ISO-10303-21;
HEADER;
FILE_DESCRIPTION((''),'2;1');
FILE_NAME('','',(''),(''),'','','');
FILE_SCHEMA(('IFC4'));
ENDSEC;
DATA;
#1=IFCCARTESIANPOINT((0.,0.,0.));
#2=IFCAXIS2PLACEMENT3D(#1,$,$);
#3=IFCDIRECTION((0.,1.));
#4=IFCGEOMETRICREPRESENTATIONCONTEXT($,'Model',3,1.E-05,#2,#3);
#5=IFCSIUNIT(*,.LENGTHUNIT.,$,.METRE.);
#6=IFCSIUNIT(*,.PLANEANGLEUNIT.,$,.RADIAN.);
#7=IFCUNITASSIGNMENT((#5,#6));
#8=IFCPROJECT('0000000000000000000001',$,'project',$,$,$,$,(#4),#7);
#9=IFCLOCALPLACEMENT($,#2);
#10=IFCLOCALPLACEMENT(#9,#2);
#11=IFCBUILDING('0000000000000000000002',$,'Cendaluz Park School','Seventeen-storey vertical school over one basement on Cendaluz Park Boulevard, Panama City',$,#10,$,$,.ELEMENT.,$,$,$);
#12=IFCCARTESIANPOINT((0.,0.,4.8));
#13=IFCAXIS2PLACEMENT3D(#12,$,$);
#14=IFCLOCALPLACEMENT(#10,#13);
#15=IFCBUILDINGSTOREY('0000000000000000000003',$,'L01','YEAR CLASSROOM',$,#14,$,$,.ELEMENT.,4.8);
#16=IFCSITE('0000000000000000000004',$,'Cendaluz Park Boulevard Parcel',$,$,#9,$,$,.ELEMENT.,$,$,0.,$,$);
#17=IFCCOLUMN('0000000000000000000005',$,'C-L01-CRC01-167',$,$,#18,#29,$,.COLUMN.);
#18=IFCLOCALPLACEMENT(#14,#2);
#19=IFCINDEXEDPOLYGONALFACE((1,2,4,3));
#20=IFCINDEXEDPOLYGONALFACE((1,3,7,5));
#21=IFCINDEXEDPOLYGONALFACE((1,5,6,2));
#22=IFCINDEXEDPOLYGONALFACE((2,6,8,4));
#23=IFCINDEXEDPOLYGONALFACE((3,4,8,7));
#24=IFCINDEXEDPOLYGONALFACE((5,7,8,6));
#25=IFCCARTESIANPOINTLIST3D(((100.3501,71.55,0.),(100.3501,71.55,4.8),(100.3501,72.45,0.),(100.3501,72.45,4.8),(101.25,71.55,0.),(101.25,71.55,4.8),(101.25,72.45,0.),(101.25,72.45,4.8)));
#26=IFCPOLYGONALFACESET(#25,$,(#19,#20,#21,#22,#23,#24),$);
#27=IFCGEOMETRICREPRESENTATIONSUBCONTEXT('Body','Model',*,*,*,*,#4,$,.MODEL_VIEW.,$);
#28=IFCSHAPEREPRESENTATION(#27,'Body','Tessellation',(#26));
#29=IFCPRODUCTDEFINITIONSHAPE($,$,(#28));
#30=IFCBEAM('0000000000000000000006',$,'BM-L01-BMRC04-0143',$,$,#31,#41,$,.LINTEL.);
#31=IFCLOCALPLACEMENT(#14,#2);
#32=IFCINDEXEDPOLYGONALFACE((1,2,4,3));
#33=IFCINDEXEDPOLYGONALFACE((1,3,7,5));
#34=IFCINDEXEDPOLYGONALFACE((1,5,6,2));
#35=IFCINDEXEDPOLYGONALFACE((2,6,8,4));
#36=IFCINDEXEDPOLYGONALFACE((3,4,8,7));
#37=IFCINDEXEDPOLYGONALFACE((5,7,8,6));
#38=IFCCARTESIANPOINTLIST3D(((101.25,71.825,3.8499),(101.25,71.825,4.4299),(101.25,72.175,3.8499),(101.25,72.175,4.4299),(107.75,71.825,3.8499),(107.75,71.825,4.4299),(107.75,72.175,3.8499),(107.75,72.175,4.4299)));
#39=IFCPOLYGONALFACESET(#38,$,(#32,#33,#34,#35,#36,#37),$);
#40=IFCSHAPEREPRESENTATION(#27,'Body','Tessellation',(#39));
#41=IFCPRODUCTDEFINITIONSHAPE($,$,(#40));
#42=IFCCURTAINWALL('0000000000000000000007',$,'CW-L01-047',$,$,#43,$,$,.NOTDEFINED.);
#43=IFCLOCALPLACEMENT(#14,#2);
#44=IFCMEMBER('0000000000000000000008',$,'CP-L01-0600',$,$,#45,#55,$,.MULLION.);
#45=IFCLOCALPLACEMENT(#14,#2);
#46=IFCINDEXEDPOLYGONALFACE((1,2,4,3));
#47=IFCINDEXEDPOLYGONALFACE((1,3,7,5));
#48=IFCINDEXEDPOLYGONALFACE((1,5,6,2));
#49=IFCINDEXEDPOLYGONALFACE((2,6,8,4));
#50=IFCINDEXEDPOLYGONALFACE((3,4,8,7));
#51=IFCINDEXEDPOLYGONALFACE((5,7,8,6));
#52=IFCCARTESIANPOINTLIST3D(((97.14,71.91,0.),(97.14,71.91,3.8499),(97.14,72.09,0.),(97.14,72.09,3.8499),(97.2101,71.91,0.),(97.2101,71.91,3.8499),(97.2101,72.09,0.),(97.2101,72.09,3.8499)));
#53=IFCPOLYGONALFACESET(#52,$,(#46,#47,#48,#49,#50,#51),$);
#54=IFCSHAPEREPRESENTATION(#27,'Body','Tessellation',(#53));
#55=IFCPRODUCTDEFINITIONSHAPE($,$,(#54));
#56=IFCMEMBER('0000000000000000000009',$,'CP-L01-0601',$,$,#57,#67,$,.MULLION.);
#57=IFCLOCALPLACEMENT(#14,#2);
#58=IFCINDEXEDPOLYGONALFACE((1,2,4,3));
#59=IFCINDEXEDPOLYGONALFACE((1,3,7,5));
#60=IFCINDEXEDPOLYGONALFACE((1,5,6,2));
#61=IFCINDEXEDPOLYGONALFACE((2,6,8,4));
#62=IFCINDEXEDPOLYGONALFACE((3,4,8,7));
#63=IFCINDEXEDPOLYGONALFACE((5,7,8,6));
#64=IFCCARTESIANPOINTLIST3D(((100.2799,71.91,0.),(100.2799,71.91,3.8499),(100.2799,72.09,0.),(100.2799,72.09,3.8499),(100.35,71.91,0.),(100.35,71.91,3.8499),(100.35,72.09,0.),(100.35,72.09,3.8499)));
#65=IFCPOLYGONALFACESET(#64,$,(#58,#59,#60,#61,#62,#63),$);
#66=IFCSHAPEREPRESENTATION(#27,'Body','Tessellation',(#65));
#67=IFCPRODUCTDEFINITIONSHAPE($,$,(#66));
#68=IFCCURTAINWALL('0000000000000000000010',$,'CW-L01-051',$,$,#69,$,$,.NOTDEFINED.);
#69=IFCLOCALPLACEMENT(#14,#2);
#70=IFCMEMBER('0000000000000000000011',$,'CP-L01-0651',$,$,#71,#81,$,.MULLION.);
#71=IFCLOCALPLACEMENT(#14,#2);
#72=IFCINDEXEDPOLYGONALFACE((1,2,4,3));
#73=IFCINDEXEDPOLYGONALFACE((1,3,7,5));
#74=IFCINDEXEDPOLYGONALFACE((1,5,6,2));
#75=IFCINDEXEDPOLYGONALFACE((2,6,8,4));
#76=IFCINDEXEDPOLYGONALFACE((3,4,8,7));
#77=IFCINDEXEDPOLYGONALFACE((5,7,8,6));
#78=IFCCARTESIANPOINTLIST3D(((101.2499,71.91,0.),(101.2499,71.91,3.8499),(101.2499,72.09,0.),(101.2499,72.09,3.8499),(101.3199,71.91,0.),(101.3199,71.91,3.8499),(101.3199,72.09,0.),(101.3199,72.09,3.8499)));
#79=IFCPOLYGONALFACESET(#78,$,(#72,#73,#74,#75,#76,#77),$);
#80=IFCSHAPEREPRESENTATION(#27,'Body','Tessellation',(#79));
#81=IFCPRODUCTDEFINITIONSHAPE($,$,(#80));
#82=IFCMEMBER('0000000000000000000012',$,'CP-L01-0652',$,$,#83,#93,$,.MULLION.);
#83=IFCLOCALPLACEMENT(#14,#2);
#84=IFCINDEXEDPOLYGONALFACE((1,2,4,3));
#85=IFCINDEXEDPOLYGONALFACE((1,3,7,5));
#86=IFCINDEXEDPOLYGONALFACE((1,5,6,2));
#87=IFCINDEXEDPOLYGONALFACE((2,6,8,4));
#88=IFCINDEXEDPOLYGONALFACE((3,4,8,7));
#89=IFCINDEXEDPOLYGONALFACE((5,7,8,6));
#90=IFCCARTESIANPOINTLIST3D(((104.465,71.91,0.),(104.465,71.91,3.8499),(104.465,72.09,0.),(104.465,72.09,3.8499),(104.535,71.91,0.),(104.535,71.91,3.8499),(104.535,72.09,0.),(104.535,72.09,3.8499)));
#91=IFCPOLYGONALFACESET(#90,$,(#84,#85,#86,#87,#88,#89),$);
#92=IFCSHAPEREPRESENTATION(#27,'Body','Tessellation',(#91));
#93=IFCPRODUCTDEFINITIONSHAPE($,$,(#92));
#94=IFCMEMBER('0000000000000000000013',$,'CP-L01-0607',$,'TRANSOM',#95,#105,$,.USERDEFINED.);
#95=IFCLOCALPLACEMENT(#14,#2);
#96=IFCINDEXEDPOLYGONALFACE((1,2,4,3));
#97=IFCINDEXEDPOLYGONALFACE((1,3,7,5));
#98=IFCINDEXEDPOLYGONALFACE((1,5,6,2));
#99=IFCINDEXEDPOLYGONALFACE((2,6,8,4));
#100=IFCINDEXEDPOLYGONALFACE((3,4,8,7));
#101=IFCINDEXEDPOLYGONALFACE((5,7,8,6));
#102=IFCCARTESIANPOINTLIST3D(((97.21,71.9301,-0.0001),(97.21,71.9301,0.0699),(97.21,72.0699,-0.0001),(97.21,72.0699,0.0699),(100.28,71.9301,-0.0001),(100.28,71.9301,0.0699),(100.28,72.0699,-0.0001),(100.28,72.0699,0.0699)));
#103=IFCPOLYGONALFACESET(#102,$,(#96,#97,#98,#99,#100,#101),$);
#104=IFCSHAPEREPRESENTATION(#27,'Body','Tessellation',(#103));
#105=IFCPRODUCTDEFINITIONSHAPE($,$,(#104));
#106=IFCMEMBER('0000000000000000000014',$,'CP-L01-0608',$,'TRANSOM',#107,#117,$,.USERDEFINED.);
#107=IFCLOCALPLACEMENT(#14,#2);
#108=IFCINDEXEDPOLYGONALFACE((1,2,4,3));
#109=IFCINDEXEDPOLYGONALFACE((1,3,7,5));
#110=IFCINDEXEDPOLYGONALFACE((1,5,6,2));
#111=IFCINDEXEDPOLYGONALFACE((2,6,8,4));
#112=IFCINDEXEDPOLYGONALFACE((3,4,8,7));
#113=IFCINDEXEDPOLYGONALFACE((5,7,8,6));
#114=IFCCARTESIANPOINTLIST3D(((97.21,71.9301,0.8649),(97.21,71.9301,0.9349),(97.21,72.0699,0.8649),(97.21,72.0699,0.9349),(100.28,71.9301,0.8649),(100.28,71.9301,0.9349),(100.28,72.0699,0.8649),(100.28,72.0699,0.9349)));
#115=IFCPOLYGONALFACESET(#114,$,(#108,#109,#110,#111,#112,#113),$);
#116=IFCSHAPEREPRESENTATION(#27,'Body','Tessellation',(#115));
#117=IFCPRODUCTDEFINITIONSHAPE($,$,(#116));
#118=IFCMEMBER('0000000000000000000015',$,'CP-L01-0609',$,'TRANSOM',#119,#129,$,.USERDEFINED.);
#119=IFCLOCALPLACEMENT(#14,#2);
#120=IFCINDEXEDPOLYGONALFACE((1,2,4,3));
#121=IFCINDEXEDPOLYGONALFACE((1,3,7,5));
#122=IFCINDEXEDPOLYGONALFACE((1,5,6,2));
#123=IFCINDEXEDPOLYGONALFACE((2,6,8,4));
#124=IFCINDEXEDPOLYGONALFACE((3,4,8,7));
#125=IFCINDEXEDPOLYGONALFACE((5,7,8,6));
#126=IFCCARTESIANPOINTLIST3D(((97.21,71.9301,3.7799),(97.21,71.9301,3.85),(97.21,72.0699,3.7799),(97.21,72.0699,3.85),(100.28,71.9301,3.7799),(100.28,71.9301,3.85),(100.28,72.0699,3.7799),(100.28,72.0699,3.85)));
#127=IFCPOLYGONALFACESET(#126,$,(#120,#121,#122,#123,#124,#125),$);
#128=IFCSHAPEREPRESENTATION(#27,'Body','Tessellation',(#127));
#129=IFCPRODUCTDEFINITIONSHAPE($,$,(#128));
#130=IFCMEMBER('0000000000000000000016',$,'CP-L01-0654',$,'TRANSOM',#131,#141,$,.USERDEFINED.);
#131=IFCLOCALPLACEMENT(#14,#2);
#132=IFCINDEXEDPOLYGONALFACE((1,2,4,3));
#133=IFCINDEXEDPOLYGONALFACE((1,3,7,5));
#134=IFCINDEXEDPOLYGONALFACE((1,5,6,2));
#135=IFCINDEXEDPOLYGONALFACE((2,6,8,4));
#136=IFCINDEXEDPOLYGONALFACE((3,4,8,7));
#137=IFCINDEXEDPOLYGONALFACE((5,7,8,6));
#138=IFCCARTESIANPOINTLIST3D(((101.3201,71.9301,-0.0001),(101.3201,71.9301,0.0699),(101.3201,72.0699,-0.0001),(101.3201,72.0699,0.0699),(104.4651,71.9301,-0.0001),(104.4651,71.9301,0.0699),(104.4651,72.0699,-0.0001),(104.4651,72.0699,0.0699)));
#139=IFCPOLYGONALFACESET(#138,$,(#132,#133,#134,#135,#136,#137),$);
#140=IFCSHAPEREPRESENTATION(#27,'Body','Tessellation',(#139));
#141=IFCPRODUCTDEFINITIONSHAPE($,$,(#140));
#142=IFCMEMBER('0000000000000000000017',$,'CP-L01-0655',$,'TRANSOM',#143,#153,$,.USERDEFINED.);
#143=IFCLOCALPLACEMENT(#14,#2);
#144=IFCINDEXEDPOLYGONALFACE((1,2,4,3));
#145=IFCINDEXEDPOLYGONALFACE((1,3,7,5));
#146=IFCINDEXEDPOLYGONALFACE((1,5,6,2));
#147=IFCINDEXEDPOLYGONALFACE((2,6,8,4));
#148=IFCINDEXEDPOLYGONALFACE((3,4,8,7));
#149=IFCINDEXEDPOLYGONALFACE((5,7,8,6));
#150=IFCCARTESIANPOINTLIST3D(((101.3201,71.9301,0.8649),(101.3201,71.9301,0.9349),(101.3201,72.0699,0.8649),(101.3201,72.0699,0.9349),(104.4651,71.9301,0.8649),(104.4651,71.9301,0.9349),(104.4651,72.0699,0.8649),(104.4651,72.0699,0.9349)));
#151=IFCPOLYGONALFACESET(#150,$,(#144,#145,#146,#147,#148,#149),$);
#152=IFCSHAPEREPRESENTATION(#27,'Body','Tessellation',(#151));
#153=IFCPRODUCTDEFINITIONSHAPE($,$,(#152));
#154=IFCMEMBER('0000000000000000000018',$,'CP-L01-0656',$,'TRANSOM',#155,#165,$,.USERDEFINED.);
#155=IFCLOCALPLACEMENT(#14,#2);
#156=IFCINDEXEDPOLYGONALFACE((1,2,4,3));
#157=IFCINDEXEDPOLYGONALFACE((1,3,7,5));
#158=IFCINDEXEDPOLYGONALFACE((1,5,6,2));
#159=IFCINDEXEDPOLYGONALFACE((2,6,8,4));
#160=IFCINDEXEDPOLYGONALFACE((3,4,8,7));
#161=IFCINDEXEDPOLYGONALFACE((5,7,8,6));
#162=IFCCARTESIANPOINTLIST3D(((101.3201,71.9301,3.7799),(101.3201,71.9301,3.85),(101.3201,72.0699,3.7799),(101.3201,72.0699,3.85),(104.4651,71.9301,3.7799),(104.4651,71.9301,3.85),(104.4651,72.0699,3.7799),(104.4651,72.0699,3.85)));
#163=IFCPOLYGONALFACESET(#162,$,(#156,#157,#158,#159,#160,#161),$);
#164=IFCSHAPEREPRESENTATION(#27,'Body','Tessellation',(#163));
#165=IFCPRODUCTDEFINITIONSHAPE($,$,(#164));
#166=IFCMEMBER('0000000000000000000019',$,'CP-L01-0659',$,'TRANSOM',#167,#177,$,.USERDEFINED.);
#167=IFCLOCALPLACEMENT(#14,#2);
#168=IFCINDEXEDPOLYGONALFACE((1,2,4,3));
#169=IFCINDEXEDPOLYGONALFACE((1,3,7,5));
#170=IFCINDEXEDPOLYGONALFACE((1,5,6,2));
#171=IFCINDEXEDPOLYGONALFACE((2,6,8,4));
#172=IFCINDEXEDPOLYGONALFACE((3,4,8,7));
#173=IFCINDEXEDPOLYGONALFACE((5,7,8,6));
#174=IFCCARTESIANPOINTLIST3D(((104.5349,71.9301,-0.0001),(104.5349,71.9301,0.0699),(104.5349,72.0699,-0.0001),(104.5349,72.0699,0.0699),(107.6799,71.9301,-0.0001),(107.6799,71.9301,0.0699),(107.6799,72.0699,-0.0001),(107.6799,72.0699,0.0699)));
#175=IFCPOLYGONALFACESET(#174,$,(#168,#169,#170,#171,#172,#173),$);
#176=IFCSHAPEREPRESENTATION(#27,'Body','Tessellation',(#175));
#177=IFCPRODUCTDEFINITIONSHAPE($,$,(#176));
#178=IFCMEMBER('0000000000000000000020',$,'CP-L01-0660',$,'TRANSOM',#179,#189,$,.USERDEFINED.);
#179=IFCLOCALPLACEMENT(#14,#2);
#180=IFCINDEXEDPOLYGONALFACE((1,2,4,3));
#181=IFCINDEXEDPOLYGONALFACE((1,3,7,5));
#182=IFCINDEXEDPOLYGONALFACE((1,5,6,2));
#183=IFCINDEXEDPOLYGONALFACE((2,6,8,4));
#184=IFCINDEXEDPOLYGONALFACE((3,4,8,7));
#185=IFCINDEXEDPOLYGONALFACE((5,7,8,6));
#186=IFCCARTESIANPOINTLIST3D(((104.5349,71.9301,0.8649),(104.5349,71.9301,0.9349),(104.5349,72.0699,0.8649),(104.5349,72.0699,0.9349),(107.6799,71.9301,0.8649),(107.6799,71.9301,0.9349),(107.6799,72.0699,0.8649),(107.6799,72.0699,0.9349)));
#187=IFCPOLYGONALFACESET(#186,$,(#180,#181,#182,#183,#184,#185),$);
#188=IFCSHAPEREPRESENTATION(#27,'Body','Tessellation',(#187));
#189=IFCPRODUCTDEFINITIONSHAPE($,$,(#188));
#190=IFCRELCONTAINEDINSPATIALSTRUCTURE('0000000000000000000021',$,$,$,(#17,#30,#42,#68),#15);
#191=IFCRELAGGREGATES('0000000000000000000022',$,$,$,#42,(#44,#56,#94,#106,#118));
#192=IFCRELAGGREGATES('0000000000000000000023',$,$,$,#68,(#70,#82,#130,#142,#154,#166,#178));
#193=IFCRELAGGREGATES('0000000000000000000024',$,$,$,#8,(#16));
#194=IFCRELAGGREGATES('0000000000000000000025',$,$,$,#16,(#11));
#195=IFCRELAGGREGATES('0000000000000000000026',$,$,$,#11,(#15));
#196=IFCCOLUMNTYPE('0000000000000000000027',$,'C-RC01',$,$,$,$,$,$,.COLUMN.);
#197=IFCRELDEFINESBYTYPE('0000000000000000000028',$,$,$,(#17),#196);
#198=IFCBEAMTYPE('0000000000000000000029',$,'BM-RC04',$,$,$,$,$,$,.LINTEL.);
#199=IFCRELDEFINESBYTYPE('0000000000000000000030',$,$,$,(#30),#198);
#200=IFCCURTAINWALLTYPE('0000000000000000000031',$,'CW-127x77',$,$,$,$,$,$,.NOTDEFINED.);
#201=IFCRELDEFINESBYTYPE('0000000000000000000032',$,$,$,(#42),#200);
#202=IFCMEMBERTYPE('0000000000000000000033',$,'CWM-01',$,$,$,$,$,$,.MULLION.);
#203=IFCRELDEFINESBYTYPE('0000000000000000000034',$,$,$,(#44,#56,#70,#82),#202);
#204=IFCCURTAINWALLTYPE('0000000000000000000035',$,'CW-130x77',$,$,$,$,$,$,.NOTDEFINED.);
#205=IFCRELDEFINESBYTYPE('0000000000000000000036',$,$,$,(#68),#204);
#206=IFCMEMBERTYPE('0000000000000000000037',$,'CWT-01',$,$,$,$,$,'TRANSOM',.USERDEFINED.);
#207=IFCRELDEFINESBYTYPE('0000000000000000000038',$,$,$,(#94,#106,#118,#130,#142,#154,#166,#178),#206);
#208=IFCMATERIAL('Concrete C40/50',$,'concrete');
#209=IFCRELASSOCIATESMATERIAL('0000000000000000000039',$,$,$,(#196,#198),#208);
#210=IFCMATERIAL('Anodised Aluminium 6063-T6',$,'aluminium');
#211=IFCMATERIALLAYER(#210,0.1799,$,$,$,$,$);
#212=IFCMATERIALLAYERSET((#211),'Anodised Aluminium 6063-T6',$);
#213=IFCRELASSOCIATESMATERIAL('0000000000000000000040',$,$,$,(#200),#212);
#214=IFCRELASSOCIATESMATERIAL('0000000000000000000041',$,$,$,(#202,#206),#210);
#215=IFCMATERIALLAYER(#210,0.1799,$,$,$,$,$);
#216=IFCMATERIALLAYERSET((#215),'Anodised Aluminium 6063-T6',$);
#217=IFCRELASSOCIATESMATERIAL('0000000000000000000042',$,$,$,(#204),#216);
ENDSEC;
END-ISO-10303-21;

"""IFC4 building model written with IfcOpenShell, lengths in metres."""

from ifc_helpers import new_model, si_unit, direction, frame, origin, origin_2d, place, context, subcontext, project, spatial, rectangle, extrude, material, layer, layer_set, material_profile, profile_set, type_object, element, aggregate, save


model = new_model("IFC4")

# Units and contexts
model_context = context("Model", 3, precision=1e-05, world=origin(), true_north=direction((0.0, 1.0)))
body_context = subcontext(model_context, "Body", "Model", "MODEL_VIEW")
ifc_project = project(units=[si_unit("LENGTHUNIT", "METRE"), si_unit("PLANEANGLEUNIT", "RADIAN")], contexts=[model_context])

# Site, building, storey
site_placement = place(None, origin())
site = spatial("IfcSite", under=ifc_project, at=site_placement, Name="Cendaluz Park Boulevard Parcel", CompositionType="ELEMENT", RefElevation=0.0)
building_placement = place(site_placement, origin())
building = spatial("IfcBuilding", under=site, at=building_placement, Name="Cendaluz Park School", Description="Seventeen-storey vertical school over one basement on Cendaluz Park Boulevard, Panama City", CompositionType="ELEMENT")
storey_placement = place(building_placement, frame((0.0, 0.0, 4.8)))
storey = spatial("IfcBuildingStorey", under=building, at=storey_placement, Name="L01", Description="YEAR CLASSROOM", CompositionType="ELEMENT", Elevation=4.8)

# Column
ifc_material_1 = material(Name="Concrete C40/50", Category="concrete")
ifc_material_profile_1 = material_profile(ifc_material_1, rectangle(XDim=0.8999, YDim=0.8999, at=origin_2d()), Name="RC 900x900", Category="concrete")
ifc_profile_set_1 = profile_set([ifc_material_profile_1], Name="Concrete C40/50")
column_type = type_object("IfcColumnType", Name="C-RC01", PredefinedType="COLUMN", material=ifc_profile_set_1)
column_placement = place(storey_placement, frame((100.8, 72.0, 0.0), z_axis=(0.0, 0.0, 1.0), x_axis=(1.0, 0.0, 0.0)))
element("IfcColumn", 1, at=column_placement, inside=storey, type_object=column_type, Name="C-L01-CRC01-167", PredefinedType="COLUMN", context=body_context, shape_type="SweptSolid", body=[
    extrude(rectangle(XDim=0.8999, YDim=0.8999, at=origin_2d()), origin(), (0.0, 0.0, 1.0), 4.8),
])

# Beam
ifc_material_profile_2 = material_profile(ifc_material_1, rectangle(XDim=0.3501, YDim=0.5801, at=origin_2d()), Name="RC 350x580", Category="concrete")
ifc_profile_set_2 = profile_set([ifc_material_profile_2], Name="Concrete C40/50")
beam_type = type_object("IfcBeamType", Name="BM-RC04", PredefinedType="LINTEL", material=ifc_profile_set_2)
beam_placement = place(storey_placement, frame((101.25, 72.0, 4.1399), z_axis=(1.0, 0.0, 0.0), x_axis=(0.0, 1.0, 0.0)))
element("IfcBeam", 2, at=beam_placement, inside=storey, type_object=beam_type, Name="BM-L01-BMRC04-0143", PredefinedType="LINTEL", context=body_context, shape_type="SweptSolid", body=[
    extrude(rectangle(XDim=0.3501, YDim=0.5801, at=origin_2d()), origin(), (0.0, 0.0, 1.0), 6.5),
])

# Curtain walls, members
ifc_material_2 = material(Name="Anodised Aluminium 6063-T6", Category="aluminium")
ifc_layer_1 = layer(ifc_material_2, 0.1799)
ifc_layer_set_1 = layer_set([ifc_layer_1], Name="Anodised Aluminium 6063-T6")
curtain_wall_type_1 = type_object("IfcCurtainWallType", Name="CW-127x77", PredefinedType="NOTDEFINED", material=ifc_layer_set_1)
curtain_wall_1_placement = place(storey_placement, origin())
curtain_wall_1 = element("IfcCurtainWall", 3, at=curtain_wall_1_placement, inside=storey, type_object=curtain_wall_type_1, Name="CW-L01-047", PredefinedType="NOTDEFINED")
ifc_material_profile_3 = material_profile(ifc_material_2, rectangle(XDim=0.1799, YDim=0.0701, at=origin_2d()), Name="CWM 180x70", Category="aluminium")
ifc_profile_set_3 = profile_set([ifc_material_profile_3], Name="Anodised Aluminium 6063-T6")
member_type_1 = type_object("IfcMemberType", Name="CWM-01", PredefinedType="MULLION", material=ifc_profile_set_3)
member_1_placement = place(storey_placement, frame((97.175, 72.0, 0.0), z_axis=(0.0, 0.0, 1.0), x_axis=(0.0, 1.0, 0.0)))
member_1 = element("IfcMember", 4, at=member_1_placement, type_object=member_type_1, Name="CP-L01-0600", PredefinedType="MULLION", context=body_context, shape_type="SweptSolid", body=[
    extrude(rectangle(XDim=0.1799, YDim=0.0701, at=origin_2d()), origin(), (0.0, 0.0, 1.0), 3.8499),
])
member_2_placement = place(storey_placement, frame((100.3149, 72.0, 0.0), z_axis=(0.0, 0.0, 1.0), x_axis=(0.0, 1.0, 0.0)))
member_2 = element("IfcMember", 5, at=member_2_placement, type_object=member_type_1, Name="CP-L01-0601", PredefinedType="MULLION", context=body_context, shape_type="SweptSolid", body=[
    extrude(rectangle(XDim=0.1799, YDim=0.0701, at=origin_2d()), origin(), (0.0, 0.0, 1.0), 3.8499),
])
ifc_layer_2 = layer(ifc_material_2, 0.1799)
ifc_layer_set_2 = layer_set([ifc_layer_2], Name="Anodised Aluminium 6063-T6")
curtain_wall_type_2 = type_object("IfcCurtainWallType", Name="CW-130x77", PredefinedType="NOTDEFINED", material=ifc_layer_set_2)
curtain_wall_2_placement = place(storey_placement, origin())
curtain_wall_2 = element("IfcCurtainWall", 6, at=curtain_wall_2_placement, inside=storey, type_object=curtain_wall_type_2, Name="CW-L01-051", PredefinedType="NOTDEFINED")
member_3_placement = place(storey_placement, frame((101.2849, 72.0, 0.0), z_axis=(0.0, 0.0, 1.0), x_axis=(0.0, 1.0, 0.0)))
member_3 = element("IfcMember", 7, at=member_3_placement, type_object=member_type_1, Name="CP-L01-0651", PredefinedType="MULLION", context=body_context, shape_type="SweptSolid", body=[
    extrude(rectangle(XDim=0.1799, YDim=0.0701, at=origin_2d()), origin(), (0.0, 0.0, 1.0), 3.8499),
])
member_4_placement = place(storey_placement, frame((104.5, 72.0, 0.0), z_axis=(0.0, 0.0, 1.0), x_axis=(0.0, 1.0, 0.0)))
member_4 = element("IfcMember", 8, at=member_4_placement, type_object=member_type_1, Name="CP-L01-0652", PredefinedType="MULLION", context=body_context, shape_type="SweptSolid", body=[
    extrude(rectangle(XDim=0.1799, YDim=0.0701, at=origin_2d()), origin(), (0.0, 0.0, 1.0), 3.8499),
])

# Members
ifc_material_profile_4 = material_profile(ifc_material_2, rectangle(XDim=0.1399, YDim=0.0701, at=origin_2d()), Name="CWT 140x70", Category="aluminium")
ifc_profile_set_4 = profile_set([ifc_material_profile_4], Name="Anodised Aluminium 6063-T6")
member_type_2 = type_object("IfcMemberType", Name="CWT-01", ElementType="TRANSOM", PredefinedType="USERDEFINED", material=ifc_profile_set_4)
member_5_placement = place(storey_placement, frame((97.21, 72.0, 0.0349), z_axis=(1.0, 0.0, 0.0), x_axis=(0.0, 1.0, 0.0)))
member_5 = element("IfcMember", 9, at=member_5_placement, type_object=member_type_2, Name="CP-L01-0607", ObjectType="TRANSOM", PredefinedType="USERDEFINED", context=body_context, shape_type="SweptSolid", body=[
    extrude(rectangle(XDim=0.1399, YDim=0.0701, at=origin_2d()), origin(), (0.0, 0.0, 1.0), 3.0701),
])
member_6_placement = place(storey_placement, frame((97.21, 72.0, 0.8999), z_axis=(1.0, 0.0, 0.0), x_axis=(0.0, 1.0, 0.0)))
member_6 = element("IfcMember", 10, at=member_6_placement, type_object=member_type_2, Name="CP-L01-0608", ObjectType="TRANSOM", PredefinedType="USERDEFINED", context=body_context, shape_type="SweptSolid", body=[
    extrude(rectangle(XDim=0.1399, YDim=0.0701, at=origin_2d()), origin(), (0.0, 0.0, 1.0), 3.0701),
])
member_7_placement = place(storey_placement, frame((97.21, 72.0, 3.8149), z_axis=(1.0, 0.0, 0.0), x_axis=(0.0, 1.0, 0.0)))
member_7 = element("IfcMember", 11, at=member_7_placement, type_object=member_type_2, Name="CP-L01-0609", ObjectType="TRANSOM", PredefinedType="USERDEFINED", context=body_context, shape_type="SweptSolid", body=[
    extrude(rectangle(XDim=0.1399, YDim=0.0701, at=origin_2d()), origin(), (0.0, 0.0, 1.0), 3.0701),
])
member_8_placement = place(storey_placement, frame((101.3201, 72.0, 0.0349), z_axis=(1.0, 0.0, 0.0), x_axis=(0.0, 1.0, 0.0)))
member_8 = element("IfcMember", 12, at=member_8_placement, type_object=member_type_2, Name="CP-L01-0654", ObjectType="TRANSOM", PredefinedType="USERDEFINED", context=body_context, shape_type="SweptSolid", body=[
    extrude(rectangle(XDim=0.1399, YDim=0.0701, at=origin_2d()), origin(), (0.0, 0.0, 1.0), 3.145),
])
member_9_placement = place(storey_placement, frame((101.3201, 72.0, 0.8999), z_axis=(1.0, 0.0, 0.0), x_axis=(0.0, 1.0, 0.0)))
member_9 = element("IfcMember", 13, at=member_9_placement, type_object=member_type_2, Name="CP-L01-0655", ObjectType="TRANSOM", PredefinedType="USERDEFINED", context=body_context, shape_type="SweptSolid", body=[
    extrude(rectangle(XDim=0.1399, YDim=0.0701, at=origin_2d()), origin(), (0.0, 0.0, 1.0), 3.145),
])
member_10_placement = place(storey_placement, frame((101.3201, 72.0, 3.8149), z_axis=(1.0, 0.0, 0.0), x_axis=(0.0, 1.0, 0.0)))
member_10 = element("IfcMember", 14, at=member_10_placement, type_object=member_type_2, Name="CP-L01-0656", ObjectType="TRANSOM", PredefinedType="USERDEFINED", context=body_context, shape_type="SweptSolid", body=[
    extrude(rectangle(XDim=0.1399, YDim=0.0701, at=origin_2d()), origin(), (0.0, 0.0, 1.0), 3.145),
])
member_11_placement = place(storey_placement, frame((104.5349, 72.0, 0.0349), z_axis=(1.0, 0.0, 0.0), x_axis=(0.0, 1.0, 0.0)))
member_11 = element("IfcMember", 15, at=member_11_placement, type_object=member_type_2, Name="CP-L01-0659", ObjectType="TRANSOM", PredefinedType="USERDEFINED", context=body_context, shape_type="SweptSolid", body=[
    extrude(rectangle(XDim=0.1399, YDim=0.0701, at=origin_2d()), origin(), (0.0, 0.0, 1.0), 3.145),
])
member_12_placement = place(storey_placement, frame((104.5349, 72.0, 0.8999), z_axis=(1.0, 0.0, 0.0), x_axis=(0.0, 1.0, 0.0)))
member_12 = element("IfcMember", 16, at=member_12_placement, type_object=member_type_2, Name="CP-L01-0660", ObjectType="TRANSOM", PredefinedType="USERDEFINED", context=body_context, shape_type="SweptSolid", body=[
    extrude(rectangle(XDim=0.1399, YDim=0.0701, at=origin_2d()), origin(), (0.0, 0.0, 1.0), 3.145),
])

aggregate(curtain_wall_1, [member_1, member_2, member_5, member_6, member_7])
aggregate(curtain_wall_2, [member_3, member_4, member_8, member_9, member_10, member_11, member_12])

save(model, "model.ifc")
